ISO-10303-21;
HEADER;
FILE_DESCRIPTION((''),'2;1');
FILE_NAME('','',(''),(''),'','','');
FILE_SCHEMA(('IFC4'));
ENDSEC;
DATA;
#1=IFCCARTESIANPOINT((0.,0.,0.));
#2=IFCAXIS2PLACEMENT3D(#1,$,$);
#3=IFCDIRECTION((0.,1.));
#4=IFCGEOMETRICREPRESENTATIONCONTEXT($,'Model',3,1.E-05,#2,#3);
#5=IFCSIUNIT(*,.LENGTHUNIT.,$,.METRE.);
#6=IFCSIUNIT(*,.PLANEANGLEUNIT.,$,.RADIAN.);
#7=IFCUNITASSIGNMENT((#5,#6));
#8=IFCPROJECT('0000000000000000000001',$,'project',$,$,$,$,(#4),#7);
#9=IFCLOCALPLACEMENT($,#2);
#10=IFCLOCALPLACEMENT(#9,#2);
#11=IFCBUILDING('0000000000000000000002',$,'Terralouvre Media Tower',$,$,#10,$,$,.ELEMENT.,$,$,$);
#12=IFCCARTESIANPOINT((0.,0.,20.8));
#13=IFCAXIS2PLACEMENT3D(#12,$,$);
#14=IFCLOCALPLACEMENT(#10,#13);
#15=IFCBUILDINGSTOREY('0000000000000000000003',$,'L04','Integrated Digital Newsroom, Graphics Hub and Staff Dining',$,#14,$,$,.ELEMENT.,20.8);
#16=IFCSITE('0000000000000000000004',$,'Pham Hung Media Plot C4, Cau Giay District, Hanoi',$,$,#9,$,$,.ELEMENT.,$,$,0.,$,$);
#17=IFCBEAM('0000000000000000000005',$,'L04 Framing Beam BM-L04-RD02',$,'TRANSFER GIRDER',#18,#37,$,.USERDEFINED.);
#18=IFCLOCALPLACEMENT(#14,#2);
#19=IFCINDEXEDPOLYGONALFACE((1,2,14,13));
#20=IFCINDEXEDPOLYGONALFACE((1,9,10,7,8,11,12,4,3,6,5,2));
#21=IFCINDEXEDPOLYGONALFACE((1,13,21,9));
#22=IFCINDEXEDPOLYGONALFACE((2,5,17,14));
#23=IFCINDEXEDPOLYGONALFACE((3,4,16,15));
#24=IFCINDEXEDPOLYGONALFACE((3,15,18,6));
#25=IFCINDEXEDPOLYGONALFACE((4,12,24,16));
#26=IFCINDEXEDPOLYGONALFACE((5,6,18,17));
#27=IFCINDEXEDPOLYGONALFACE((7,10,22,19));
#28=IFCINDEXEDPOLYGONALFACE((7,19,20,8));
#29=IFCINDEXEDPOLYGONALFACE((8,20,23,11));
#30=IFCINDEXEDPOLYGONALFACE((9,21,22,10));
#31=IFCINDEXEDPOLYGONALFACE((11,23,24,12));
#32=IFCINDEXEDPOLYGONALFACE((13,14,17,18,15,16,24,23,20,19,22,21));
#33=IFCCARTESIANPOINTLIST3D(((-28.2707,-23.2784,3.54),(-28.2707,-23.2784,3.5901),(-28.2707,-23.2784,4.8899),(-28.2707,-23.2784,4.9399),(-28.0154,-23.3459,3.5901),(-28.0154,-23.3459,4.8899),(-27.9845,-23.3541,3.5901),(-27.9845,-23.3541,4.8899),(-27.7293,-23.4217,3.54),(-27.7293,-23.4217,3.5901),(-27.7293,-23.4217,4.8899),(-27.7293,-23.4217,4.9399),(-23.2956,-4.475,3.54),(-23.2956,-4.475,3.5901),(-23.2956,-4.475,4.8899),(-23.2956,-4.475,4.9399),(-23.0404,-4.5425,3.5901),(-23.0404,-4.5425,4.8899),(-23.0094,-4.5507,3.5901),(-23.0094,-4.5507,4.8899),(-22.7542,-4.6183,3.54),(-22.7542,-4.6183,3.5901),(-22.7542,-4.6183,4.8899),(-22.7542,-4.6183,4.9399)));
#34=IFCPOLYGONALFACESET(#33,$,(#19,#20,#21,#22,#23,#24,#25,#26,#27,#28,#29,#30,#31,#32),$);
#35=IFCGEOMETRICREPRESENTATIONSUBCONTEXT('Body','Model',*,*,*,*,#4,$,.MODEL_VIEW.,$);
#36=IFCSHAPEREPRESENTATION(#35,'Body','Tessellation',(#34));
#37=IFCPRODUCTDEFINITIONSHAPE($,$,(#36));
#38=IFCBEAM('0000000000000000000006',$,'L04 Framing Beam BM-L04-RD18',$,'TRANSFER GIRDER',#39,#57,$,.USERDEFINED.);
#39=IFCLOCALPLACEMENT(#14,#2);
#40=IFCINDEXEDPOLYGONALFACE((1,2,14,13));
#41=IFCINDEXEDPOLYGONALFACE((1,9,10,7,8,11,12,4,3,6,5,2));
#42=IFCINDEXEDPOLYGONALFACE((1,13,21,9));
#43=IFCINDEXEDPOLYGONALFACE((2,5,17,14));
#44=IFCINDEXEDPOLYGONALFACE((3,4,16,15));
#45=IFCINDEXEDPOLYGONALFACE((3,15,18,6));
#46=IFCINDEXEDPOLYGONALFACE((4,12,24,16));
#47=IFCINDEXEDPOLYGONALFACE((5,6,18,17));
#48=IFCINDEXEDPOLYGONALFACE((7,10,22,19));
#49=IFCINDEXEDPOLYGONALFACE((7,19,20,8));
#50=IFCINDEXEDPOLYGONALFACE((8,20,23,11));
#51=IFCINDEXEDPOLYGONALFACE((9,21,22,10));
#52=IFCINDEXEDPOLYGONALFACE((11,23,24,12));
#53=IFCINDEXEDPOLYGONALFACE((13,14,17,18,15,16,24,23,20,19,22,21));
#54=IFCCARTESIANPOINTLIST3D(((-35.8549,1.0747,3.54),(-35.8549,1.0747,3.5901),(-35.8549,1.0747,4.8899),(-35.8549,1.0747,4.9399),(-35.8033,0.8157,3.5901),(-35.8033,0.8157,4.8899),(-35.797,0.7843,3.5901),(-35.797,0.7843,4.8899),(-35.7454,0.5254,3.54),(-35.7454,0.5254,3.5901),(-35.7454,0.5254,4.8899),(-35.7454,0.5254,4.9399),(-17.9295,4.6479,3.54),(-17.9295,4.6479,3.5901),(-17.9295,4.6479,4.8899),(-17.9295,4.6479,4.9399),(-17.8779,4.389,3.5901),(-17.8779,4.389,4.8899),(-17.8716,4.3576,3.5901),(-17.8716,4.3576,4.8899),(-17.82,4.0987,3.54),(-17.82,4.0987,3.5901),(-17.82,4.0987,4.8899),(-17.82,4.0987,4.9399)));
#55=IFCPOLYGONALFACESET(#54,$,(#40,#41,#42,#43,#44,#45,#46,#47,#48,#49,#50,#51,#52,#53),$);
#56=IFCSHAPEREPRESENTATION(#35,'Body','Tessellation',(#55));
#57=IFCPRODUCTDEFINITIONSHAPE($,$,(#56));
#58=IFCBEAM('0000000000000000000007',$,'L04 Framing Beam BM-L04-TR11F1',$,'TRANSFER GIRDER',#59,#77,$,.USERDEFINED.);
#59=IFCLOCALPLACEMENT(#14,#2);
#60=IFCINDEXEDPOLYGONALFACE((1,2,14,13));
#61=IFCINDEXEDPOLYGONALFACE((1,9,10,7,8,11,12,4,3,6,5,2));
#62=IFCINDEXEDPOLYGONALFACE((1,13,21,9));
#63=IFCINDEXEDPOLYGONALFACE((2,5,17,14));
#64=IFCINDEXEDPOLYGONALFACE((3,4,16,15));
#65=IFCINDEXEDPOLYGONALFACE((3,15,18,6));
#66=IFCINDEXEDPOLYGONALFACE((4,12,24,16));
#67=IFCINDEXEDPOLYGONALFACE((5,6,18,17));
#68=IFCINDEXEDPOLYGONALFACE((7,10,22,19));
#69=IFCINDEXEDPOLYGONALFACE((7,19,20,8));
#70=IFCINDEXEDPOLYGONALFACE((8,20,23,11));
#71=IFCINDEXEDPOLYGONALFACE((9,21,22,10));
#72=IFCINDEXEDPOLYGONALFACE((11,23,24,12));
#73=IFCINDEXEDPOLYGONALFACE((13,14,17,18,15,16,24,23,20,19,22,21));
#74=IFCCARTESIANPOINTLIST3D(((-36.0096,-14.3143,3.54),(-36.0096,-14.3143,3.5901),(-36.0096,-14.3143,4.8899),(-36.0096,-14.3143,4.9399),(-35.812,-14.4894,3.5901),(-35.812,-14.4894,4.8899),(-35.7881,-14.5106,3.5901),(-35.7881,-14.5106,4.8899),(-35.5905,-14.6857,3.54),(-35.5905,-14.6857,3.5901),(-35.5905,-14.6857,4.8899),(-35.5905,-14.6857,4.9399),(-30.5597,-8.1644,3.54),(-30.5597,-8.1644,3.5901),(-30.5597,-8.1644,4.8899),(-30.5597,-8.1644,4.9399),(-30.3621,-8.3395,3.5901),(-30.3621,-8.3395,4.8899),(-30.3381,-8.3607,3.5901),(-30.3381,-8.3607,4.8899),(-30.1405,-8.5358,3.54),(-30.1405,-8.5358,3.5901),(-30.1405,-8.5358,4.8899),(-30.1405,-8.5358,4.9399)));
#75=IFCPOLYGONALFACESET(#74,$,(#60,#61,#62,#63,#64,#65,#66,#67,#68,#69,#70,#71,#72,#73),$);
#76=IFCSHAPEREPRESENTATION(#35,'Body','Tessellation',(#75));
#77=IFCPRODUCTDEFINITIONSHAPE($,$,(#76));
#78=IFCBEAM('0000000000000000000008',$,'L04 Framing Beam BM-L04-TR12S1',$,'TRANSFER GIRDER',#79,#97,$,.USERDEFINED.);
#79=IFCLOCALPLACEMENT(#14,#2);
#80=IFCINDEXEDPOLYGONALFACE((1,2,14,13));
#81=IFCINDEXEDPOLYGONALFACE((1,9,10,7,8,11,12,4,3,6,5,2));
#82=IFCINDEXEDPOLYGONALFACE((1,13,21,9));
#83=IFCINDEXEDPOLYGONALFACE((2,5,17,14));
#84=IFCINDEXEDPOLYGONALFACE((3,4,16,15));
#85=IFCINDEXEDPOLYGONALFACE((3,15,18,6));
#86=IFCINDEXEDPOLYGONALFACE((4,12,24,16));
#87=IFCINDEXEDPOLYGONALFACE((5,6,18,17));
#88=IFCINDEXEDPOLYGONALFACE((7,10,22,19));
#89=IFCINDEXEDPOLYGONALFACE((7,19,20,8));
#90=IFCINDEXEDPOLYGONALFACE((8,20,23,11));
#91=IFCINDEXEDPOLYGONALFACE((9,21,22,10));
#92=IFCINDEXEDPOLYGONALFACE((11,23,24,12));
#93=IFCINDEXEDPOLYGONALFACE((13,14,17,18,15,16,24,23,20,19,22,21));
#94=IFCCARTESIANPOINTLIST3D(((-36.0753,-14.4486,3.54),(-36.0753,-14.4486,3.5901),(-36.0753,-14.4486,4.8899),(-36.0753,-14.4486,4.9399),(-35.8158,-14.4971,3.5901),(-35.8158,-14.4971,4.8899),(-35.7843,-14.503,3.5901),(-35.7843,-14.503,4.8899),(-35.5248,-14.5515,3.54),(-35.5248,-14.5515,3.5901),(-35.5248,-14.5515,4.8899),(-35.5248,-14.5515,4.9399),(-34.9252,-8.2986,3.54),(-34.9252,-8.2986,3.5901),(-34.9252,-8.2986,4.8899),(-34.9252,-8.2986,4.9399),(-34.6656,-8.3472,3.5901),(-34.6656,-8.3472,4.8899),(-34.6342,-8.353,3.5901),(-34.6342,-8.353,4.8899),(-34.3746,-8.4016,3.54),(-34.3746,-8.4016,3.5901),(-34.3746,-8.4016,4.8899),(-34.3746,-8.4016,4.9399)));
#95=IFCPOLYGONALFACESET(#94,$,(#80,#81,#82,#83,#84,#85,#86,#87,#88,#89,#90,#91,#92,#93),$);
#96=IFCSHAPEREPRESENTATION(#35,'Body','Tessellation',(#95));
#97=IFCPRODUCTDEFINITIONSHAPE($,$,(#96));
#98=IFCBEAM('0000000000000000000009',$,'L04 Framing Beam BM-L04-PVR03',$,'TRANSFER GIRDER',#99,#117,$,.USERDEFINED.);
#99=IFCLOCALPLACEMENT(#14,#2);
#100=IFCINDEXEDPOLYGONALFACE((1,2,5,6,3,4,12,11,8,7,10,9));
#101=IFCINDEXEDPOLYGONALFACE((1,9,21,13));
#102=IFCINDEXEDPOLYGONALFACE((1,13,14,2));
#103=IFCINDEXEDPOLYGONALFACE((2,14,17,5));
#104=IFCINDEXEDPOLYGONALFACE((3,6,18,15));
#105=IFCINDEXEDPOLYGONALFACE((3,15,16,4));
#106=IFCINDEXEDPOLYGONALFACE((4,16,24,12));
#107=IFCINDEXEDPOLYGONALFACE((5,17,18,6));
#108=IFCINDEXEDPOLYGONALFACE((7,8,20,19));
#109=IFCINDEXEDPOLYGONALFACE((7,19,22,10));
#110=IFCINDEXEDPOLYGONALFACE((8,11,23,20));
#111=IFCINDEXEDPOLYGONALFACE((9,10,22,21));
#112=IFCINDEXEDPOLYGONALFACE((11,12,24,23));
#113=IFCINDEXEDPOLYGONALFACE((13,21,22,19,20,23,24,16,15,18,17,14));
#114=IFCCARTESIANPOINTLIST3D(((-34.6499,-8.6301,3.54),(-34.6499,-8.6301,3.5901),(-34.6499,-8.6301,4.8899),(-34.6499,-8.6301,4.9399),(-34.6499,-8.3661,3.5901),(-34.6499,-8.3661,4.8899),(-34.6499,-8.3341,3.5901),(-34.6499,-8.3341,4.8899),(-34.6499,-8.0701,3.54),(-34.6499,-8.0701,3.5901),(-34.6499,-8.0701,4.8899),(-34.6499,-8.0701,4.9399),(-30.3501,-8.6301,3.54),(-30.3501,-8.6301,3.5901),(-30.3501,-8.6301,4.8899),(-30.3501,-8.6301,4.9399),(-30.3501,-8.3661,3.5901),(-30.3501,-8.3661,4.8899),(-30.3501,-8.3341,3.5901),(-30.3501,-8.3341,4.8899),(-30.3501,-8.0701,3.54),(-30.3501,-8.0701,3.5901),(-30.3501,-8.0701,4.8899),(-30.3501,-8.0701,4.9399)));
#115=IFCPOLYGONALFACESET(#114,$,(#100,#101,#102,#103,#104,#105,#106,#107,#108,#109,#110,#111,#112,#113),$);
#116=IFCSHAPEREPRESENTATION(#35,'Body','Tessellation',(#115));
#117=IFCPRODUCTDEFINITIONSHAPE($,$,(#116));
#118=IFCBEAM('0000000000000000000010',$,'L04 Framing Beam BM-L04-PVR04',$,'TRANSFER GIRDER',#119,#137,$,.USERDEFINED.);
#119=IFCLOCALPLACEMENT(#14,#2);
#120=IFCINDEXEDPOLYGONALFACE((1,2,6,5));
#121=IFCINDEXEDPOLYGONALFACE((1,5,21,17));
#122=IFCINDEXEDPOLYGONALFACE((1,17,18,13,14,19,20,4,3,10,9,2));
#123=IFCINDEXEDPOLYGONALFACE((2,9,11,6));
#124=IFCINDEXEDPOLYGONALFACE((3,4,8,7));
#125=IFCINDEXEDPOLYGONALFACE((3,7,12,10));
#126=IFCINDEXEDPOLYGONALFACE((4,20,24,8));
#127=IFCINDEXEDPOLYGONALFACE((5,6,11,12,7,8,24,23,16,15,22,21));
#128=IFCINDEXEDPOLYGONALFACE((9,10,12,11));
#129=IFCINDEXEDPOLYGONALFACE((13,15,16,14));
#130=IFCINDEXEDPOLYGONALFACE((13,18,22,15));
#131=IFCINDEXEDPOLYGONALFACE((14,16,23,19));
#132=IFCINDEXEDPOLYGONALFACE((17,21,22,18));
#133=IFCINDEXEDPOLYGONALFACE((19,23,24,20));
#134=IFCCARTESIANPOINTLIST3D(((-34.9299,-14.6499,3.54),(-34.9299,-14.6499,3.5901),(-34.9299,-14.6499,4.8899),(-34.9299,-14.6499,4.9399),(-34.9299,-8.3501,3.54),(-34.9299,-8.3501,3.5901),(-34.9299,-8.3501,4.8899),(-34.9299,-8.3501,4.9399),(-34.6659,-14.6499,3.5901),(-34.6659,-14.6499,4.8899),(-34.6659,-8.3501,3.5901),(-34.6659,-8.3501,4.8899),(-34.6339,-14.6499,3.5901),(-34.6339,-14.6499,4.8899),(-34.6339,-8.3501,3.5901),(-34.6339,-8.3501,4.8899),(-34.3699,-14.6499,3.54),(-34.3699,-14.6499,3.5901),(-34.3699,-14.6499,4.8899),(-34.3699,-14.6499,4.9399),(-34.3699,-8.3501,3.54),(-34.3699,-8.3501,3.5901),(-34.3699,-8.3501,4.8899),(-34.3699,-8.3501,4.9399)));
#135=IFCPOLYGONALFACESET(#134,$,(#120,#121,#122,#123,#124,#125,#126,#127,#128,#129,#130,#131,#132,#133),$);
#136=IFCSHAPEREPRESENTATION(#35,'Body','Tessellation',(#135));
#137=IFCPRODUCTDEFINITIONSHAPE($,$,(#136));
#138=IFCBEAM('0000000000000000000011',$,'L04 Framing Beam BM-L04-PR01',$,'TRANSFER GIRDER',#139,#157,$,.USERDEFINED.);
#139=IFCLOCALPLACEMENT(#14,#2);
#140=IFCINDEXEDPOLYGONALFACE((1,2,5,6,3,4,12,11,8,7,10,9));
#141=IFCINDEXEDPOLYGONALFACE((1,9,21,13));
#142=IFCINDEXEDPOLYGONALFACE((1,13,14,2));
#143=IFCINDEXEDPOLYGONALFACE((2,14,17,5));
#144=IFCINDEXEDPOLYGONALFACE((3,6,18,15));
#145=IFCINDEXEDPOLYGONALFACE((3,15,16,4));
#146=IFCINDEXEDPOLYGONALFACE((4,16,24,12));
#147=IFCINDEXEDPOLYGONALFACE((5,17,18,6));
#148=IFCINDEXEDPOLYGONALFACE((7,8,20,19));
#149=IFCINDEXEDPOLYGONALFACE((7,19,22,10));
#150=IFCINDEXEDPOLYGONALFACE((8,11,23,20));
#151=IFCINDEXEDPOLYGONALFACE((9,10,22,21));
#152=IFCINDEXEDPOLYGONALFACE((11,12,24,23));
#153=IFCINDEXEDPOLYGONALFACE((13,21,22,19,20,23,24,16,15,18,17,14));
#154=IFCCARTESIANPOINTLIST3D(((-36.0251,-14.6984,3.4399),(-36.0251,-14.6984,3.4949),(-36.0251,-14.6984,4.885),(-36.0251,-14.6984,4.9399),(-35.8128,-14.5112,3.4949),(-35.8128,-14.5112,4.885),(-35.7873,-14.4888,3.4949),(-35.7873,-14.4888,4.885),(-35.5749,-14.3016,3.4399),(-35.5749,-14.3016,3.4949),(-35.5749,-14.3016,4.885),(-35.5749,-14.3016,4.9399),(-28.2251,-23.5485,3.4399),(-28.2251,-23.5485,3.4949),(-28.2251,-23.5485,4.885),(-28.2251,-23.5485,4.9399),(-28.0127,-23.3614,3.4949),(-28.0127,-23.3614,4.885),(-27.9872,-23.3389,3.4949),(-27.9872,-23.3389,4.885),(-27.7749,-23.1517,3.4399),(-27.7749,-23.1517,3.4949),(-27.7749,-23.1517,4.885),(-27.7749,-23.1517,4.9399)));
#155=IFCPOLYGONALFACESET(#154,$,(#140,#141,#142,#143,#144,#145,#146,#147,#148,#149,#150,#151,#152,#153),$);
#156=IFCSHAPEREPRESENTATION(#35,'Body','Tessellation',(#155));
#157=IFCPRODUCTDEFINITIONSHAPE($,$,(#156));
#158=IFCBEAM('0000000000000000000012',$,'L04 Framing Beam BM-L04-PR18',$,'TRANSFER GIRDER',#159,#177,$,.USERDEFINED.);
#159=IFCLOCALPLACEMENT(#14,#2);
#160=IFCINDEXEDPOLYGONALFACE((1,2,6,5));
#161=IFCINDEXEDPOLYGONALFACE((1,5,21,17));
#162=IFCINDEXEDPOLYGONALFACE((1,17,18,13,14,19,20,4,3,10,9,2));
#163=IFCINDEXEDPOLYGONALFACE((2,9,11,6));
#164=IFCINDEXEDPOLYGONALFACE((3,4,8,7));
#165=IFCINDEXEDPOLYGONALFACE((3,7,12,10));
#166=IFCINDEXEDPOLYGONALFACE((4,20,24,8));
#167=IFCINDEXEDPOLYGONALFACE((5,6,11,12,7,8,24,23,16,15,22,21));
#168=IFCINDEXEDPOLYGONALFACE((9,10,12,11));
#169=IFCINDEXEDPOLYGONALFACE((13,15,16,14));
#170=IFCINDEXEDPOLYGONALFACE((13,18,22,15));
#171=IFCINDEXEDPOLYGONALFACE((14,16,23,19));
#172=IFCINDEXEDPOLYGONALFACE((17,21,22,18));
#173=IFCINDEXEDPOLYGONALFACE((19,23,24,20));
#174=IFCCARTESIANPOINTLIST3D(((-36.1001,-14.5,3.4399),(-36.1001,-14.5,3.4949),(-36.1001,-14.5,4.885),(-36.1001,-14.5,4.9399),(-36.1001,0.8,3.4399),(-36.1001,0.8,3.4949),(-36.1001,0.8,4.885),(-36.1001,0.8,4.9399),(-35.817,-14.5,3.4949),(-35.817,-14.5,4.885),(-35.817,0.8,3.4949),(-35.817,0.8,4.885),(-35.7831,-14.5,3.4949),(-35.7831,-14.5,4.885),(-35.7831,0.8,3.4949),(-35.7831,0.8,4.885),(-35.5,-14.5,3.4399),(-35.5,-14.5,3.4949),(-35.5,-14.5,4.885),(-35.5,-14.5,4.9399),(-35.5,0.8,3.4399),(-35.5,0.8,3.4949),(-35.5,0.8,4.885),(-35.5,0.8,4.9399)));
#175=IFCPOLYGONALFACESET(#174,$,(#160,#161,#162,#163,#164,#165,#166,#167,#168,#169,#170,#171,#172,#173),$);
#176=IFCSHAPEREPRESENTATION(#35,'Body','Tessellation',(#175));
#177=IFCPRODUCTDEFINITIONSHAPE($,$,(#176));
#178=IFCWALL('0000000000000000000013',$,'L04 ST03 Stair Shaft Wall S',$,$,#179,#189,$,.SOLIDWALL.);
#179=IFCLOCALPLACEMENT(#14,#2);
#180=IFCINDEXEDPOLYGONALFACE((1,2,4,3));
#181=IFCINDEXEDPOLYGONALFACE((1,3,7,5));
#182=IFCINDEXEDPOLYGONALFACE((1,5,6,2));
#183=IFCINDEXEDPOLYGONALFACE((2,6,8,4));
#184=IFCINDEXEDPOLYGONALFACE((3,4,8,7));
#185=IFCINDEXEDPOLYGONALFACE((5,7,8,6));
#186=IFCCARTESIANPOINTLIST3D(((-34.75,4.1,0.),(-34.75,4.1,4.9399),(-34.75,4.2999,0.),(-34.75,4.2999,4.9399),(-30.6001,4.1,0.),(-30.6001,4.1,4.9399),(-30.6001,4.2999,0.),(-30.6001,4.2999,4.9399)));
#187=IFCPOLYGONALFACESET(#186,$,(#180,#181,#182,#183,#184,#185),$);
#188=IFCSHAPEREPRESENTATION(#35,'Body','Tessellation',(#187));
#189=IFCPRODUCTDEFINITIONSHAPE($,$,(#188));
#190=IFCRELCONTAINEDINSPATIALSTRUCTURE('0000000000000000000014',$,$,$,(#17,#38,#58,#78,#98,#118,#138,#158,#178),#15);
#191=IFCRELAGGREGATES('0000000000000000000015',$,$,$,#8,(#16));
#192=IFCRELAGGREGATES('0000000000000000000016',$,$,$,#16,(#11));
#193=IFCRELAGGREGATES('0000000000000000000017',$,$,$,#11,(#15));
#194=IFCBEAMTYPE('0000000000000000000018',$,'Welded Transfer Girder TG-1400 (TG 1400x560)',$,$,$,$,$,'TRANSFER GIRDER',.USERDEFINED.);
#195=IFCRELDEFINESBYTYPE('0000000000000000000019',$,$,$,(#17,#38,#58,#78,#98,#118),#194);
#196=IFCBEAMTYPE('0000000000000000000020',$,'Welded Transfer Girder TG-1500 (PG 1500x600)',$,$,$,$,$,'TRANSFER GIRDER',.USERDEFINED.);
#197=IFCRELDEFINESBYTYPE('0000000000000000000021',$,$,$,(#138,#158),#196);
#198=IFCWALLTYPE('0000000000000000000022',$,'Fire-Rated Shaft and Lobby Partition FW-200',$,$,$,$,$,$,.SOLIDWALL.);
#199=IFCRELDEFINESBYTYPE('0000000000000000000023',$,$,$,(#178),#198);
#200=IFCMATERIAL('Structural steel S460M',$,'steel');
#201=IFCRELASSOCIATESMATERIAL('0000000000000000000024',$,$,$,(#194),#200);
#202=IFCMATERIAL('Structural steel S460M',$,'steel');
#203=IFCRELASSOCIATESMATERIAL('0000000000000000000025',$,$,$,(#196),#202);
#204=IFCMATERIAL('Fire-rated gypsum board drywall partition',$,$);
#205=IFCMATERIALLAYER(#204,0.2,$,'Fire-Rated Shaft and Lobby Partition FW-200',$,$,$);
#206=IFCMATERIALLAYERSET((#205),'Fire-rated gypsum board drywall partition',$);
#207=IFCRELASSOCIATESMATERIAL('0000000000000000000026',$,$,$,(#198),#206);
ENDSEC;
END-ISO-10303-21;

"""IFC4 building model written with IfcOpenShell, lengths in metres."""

from ifc_helpers import new_model, si_unit, direction, frame, frame_2d, origin, origin_2d, place, context, subcontext, project, spatial, rectangle, i_section, extrude, material, layer, layer_set, material_profile, profile_set, type_object, element, save


model = new_model("IFC4")

# Units and contexts
model_context = context("Model", 3, precision=1e-05, world=origin(), true_north=direction((0.0, 1.0)))
body_context = subcontext(model_context, "Body", "Model", "MODEL_VIEW")
ifc_project = project(units=[si_unit("LENGTHUNIT", "METRE"), si_unit("PLANEANGLEUNIT", "RADIAN")], contexts=[model_context])

# Site, building, storey
site_placement = place(None, origin())
site = spatial("IfcSite", under=ifc_project, at=site_placement, Name="Pham Hung Media Plot C4, Cau Giay District, Hanoi", CompositionType="ELEMENT", RefElevation=0.0)
building_placement = place(site_placement, origin())
building = spatial("IfcBuilding", under=site, at=building_placement, Name="Terralouvre Media Tower", CompositionType="ELEMENT")
storey_placement = place(building_placement, frame((0.0, 0.0, 20.8)))
storey = spatial("IfcBuildingStorey", under=building, at=storey_placement, Name="L04", Description="Integrated Digital Newsroom, Graphics Hub and Staff Dining", CompositionType="ELEMENT", Elevation=20.8)

# Beams
ifc_material_1 = material(Name="Structural steel S460M", Category="steel")
ifc_material_profile_1 = material_profile(ifc_material_1, i_section(OverallWidth=0.5601, OverallDepth=1.3999, WebThickness=0.032, FlangeThickness=0.05, at=origin_2d()), Name="TG 1400x560")
ifc_profile_set_1 = profile_set([ifc_material_profile_1], Name="Structural steel S460M")
beam_type_1 = type_object("IfcBeamType", Name="Welded Transfer Girder TG-1400 (TG 1400x560)", ElementType="TRANSFER GIRDER", PredefinedType="USERDEFINED", material=ifc_profile_set_1)
beam_1_placement = place(storey_placement, frame((-23.0249, -4.5466, 4.24), z_axis=(-0.255783, -0.966734, 0.0), x_axis=(0.966734, -0.255783, 0.0)))
element("IfcBeam", 1, at=beam_1_placement, inside=storey, type_object=beam_type_1, Name="L04 Framing Beam BM-L04-RD02", ObjectType="TRANSFER GIRDER", PredefinedType="USERDEFINED", context=body_context, shape_type="SweptSolid", body=[
    extrude(i_section(OverallWidth=0.5601, OverallDepth=1.3999, WebThickness=0.032, FlangeThickness=0.05, at=origin_2d()), origin(), (0.0, 0.0, 1.0), 19.4504),
])
beam_2_placement = place(storey_placement, frame((-17.8748, 4.3733, 4.24), z_axis=(-0.980705, -0.195494, 0.0), x_axis=(0.195494, -0.980705, 0.0)))
element("IfcBeam", 2, at=beam_2_placement, inside=storey, type_object=beam_type_1, Name="L04 Framing Beam BM-L04-RD18", ObjectType="TRANSFER GIRDER", PredefinedType="USERDEFINED", context=body_context, shape_type="SweptSolid", body=[
    extrude(i_section(OverallWidth=0.5601, OverallDepth=1.3999, WebThickness=0.032, FlangeThickness=0.05, at=origin_2d()), origin(), (0.0, 0.0, 1.0), 18.2781),
])
beam_3_placement = place(storey_placement, frame((-30.3501, -8.3501, 4.24), z_axis=(-0.663233, -0.748413, 0.0), x_axis=(0.748413, -0.663233, 0.0)))
element("IfcBeam", 3, at=beam_3_placement, inside=storey, type_object=beam_type_1, Name="L04 Framing Beam BM-L04-TR11F1", ObjectType="TRANSFER GIRDER", PredefinedType="USERDEFINED", context=body_context, shape_type="SweptSolid", body=[
    extrude(i_section(OverallWidth=0.5601, OverallDepth=1.3999, WebThickness=0.032, FlangeThickness=0.05, at=origin_2d()), origin(), (0.0, 0.0, 1.0), 8.2173),
])
beam_4_placement = place(storey_placement, frame((-34.6499, -8.3501, 4.24), z_axis=(-0.183831, -0.982958, 0.0), x_axis=(0.982958, -0.183831, 0.0)))
element("IfcBeam", 4, at=beam_4_placement, inside=storey, type_object=beam_type_1, Name="L04 Framing Beam BM-L04-TR12S1", ObjectType="TRANSFER GIRDER", PredefinedType="USERDEFINED", context=body_context, shape_type="SweptSolid", body=[
    extrude(i_section(OverallWidth=0.5601, OverallDepth=1.3999, WebThickness=0.032, FlangeThickness=0.05, at=origin_2d()), origin(), (0.0, 0.0, 1.0), 6.2566),
])
beam_5_placement = place(storey_placement, frame((-30.3501, -8.3501, 4.24), z_axis=(-1.0, 0.0, 0.0), x_axis=(0.0, -1.0, 0.0)))
element("IfcBeam", 5, at=beam_5_placement, inside=storey, type_object=beam_type_1, Name="L04 Framing Beam BM-L04-PVR03", ObjectType="TRANSFER GIRDER", PredefinedType="USERDEFINED", context=body_context, shape_type="SweptSolid", body=[
    extrude(i_section(OverallWidth=0.5601, OverallDepth=1.3999, WebThickness=0.032, FlangeThickness=0.05, at=origin_2d()), origin(), (0.0, 0.0, 1.0), 4.2998),
])
beam_6_placement = place(storey_placement, frame((-34.6499, -8.3501, 4.24), z_axis=(0.0, -1.0, 0.0), x_axis=(1.0, 0.0, 0.0)))
element("IfcBeam", 6, at=beam_6_placement, inside=storey, type_object=beam_type_1, Name="L04 Framing Beam BM-L04-PVR04", ObjectType="TRANSFER GIRDER", PredefinedType="USERDEFINED", context=body_context, shape_type="SweptSolid", body=[
    extrude(i_section(OverallWidth=0.5601, OverallDepth=1.3999, WebThickness=0.032, FlangeThickness=0.05, at=origin_2d()), origin(), (0.0, 0.0, 1.0), 6.2998),
])
ifc_material_2 = material(Name="Structural steel S460M", Category="steel")
ifc_material_profile_2 = material_profile(ifc_material_2, i_section(OverallWidth=0.6001, OverallDepth=1.5, WebThickness=0.0339, FlangeThickness=0.0549, at=origin_2d()), Name="PG 1500x600")
ifc_profile_set_2 = profile_set([ifc_material_profile_2], Name="Structural steel S460M")
beam_type_2 = type_object("IfcBeamType", Name="Welded Transfer Girder TG-1500 (PG 1500x600)", ElementType="TRANSFER GIRDER", PredefinedType="USERDEFINED", material=ifc_profile_set_2)
beam_7_placement = place(storey_placement, frame((-35.8, -14.5, 4.1899), z_axis=(0.661199, -0.75021, 0.0), x_axis=(0.75021, 0.661199, 0.0)))
element("IfcBeam", 7, at=beam_7_placement, inside=storey, type_object=beam_type_2, Name="L04 Framing Beam BM-L04-PR01", ObjectType="TRANSFER GIRDER", PredefinedType="USERDEFINED", context=body_context, shape_type="SweptSolid", body=[
    extrude(i_section(OverallWidth=0.6001, OverallDepth=1.5, WebThickness=0.0339, FlangeThickness=0.0549, at=origin_2d()), origin(), (0.0, 0.0, 1.0), 11.7969),
])
beam_8_placement = place(storey_placement, frame((-35.8, 0.8, 4.1899), z_axis=(0.0, -1.0, 0.0), x_axis=(1.0, 0.0, 0.0)))
element("IfcBeam", 8, at=beam_8_placement, inside=storey, type_object=beam_type_2, Name="L04 Framing Beam BM-L04-PR18", ObjectType="TRANSFER GIRDER", PredefinedType="USERDEFINED", context=body_context, shape_type="SweptSolid", body=[
    extrude(i_section(OverallWidth=0.6001, OverallDepth=1.5, WebThickness=0.0339, FlangeThickness=0.0549, at=origin_2d()), origin(), (0.0, 0.0, 1.0), 15.3),
])

# Wall
ifc_material_3 = material(Name="Fire-rated gypsum board drywall partition")
ifc_layer_1 = layer(ifc_material_3, 0.2, Name="Fire-Rated Shaft and Lobby Partition FW-200")
ifc_layer_set_1 = layer_set([ifc_layer_1], Name="Fire-rated gypsum board drywall partition")
wall_type_1 = type_object("IfcWallType", Name="Fire-Rated Shaft and Lobby Partition FW-200", PredefinedType="SOLIDWALL", material=ifc_layer_set_1)
wall_1_placement = place(storey_placement, frame((-34.75, 4.2, 0.0), z_axis=(0.0, 0.0, 1.0), x_axis=(1.0, 0.0, 0.0)))
element("IfcWall", 9, at=wall_1_placement, inside=storey, type_object=wall_type_1, Name="L04 ST03 Stair Shaft Wall S", PredefinedType="SOLIDWALL", context=body_context, shape_type="SweptSolid", body=[
    extrude(rectangle(XDim=4.1499, YDim=0.2, at=frame_2d((2.075, 0.0))), origin(), (0.0, 0.0, 1.0), 4.9399),
])

save(model, "model.ifc")
